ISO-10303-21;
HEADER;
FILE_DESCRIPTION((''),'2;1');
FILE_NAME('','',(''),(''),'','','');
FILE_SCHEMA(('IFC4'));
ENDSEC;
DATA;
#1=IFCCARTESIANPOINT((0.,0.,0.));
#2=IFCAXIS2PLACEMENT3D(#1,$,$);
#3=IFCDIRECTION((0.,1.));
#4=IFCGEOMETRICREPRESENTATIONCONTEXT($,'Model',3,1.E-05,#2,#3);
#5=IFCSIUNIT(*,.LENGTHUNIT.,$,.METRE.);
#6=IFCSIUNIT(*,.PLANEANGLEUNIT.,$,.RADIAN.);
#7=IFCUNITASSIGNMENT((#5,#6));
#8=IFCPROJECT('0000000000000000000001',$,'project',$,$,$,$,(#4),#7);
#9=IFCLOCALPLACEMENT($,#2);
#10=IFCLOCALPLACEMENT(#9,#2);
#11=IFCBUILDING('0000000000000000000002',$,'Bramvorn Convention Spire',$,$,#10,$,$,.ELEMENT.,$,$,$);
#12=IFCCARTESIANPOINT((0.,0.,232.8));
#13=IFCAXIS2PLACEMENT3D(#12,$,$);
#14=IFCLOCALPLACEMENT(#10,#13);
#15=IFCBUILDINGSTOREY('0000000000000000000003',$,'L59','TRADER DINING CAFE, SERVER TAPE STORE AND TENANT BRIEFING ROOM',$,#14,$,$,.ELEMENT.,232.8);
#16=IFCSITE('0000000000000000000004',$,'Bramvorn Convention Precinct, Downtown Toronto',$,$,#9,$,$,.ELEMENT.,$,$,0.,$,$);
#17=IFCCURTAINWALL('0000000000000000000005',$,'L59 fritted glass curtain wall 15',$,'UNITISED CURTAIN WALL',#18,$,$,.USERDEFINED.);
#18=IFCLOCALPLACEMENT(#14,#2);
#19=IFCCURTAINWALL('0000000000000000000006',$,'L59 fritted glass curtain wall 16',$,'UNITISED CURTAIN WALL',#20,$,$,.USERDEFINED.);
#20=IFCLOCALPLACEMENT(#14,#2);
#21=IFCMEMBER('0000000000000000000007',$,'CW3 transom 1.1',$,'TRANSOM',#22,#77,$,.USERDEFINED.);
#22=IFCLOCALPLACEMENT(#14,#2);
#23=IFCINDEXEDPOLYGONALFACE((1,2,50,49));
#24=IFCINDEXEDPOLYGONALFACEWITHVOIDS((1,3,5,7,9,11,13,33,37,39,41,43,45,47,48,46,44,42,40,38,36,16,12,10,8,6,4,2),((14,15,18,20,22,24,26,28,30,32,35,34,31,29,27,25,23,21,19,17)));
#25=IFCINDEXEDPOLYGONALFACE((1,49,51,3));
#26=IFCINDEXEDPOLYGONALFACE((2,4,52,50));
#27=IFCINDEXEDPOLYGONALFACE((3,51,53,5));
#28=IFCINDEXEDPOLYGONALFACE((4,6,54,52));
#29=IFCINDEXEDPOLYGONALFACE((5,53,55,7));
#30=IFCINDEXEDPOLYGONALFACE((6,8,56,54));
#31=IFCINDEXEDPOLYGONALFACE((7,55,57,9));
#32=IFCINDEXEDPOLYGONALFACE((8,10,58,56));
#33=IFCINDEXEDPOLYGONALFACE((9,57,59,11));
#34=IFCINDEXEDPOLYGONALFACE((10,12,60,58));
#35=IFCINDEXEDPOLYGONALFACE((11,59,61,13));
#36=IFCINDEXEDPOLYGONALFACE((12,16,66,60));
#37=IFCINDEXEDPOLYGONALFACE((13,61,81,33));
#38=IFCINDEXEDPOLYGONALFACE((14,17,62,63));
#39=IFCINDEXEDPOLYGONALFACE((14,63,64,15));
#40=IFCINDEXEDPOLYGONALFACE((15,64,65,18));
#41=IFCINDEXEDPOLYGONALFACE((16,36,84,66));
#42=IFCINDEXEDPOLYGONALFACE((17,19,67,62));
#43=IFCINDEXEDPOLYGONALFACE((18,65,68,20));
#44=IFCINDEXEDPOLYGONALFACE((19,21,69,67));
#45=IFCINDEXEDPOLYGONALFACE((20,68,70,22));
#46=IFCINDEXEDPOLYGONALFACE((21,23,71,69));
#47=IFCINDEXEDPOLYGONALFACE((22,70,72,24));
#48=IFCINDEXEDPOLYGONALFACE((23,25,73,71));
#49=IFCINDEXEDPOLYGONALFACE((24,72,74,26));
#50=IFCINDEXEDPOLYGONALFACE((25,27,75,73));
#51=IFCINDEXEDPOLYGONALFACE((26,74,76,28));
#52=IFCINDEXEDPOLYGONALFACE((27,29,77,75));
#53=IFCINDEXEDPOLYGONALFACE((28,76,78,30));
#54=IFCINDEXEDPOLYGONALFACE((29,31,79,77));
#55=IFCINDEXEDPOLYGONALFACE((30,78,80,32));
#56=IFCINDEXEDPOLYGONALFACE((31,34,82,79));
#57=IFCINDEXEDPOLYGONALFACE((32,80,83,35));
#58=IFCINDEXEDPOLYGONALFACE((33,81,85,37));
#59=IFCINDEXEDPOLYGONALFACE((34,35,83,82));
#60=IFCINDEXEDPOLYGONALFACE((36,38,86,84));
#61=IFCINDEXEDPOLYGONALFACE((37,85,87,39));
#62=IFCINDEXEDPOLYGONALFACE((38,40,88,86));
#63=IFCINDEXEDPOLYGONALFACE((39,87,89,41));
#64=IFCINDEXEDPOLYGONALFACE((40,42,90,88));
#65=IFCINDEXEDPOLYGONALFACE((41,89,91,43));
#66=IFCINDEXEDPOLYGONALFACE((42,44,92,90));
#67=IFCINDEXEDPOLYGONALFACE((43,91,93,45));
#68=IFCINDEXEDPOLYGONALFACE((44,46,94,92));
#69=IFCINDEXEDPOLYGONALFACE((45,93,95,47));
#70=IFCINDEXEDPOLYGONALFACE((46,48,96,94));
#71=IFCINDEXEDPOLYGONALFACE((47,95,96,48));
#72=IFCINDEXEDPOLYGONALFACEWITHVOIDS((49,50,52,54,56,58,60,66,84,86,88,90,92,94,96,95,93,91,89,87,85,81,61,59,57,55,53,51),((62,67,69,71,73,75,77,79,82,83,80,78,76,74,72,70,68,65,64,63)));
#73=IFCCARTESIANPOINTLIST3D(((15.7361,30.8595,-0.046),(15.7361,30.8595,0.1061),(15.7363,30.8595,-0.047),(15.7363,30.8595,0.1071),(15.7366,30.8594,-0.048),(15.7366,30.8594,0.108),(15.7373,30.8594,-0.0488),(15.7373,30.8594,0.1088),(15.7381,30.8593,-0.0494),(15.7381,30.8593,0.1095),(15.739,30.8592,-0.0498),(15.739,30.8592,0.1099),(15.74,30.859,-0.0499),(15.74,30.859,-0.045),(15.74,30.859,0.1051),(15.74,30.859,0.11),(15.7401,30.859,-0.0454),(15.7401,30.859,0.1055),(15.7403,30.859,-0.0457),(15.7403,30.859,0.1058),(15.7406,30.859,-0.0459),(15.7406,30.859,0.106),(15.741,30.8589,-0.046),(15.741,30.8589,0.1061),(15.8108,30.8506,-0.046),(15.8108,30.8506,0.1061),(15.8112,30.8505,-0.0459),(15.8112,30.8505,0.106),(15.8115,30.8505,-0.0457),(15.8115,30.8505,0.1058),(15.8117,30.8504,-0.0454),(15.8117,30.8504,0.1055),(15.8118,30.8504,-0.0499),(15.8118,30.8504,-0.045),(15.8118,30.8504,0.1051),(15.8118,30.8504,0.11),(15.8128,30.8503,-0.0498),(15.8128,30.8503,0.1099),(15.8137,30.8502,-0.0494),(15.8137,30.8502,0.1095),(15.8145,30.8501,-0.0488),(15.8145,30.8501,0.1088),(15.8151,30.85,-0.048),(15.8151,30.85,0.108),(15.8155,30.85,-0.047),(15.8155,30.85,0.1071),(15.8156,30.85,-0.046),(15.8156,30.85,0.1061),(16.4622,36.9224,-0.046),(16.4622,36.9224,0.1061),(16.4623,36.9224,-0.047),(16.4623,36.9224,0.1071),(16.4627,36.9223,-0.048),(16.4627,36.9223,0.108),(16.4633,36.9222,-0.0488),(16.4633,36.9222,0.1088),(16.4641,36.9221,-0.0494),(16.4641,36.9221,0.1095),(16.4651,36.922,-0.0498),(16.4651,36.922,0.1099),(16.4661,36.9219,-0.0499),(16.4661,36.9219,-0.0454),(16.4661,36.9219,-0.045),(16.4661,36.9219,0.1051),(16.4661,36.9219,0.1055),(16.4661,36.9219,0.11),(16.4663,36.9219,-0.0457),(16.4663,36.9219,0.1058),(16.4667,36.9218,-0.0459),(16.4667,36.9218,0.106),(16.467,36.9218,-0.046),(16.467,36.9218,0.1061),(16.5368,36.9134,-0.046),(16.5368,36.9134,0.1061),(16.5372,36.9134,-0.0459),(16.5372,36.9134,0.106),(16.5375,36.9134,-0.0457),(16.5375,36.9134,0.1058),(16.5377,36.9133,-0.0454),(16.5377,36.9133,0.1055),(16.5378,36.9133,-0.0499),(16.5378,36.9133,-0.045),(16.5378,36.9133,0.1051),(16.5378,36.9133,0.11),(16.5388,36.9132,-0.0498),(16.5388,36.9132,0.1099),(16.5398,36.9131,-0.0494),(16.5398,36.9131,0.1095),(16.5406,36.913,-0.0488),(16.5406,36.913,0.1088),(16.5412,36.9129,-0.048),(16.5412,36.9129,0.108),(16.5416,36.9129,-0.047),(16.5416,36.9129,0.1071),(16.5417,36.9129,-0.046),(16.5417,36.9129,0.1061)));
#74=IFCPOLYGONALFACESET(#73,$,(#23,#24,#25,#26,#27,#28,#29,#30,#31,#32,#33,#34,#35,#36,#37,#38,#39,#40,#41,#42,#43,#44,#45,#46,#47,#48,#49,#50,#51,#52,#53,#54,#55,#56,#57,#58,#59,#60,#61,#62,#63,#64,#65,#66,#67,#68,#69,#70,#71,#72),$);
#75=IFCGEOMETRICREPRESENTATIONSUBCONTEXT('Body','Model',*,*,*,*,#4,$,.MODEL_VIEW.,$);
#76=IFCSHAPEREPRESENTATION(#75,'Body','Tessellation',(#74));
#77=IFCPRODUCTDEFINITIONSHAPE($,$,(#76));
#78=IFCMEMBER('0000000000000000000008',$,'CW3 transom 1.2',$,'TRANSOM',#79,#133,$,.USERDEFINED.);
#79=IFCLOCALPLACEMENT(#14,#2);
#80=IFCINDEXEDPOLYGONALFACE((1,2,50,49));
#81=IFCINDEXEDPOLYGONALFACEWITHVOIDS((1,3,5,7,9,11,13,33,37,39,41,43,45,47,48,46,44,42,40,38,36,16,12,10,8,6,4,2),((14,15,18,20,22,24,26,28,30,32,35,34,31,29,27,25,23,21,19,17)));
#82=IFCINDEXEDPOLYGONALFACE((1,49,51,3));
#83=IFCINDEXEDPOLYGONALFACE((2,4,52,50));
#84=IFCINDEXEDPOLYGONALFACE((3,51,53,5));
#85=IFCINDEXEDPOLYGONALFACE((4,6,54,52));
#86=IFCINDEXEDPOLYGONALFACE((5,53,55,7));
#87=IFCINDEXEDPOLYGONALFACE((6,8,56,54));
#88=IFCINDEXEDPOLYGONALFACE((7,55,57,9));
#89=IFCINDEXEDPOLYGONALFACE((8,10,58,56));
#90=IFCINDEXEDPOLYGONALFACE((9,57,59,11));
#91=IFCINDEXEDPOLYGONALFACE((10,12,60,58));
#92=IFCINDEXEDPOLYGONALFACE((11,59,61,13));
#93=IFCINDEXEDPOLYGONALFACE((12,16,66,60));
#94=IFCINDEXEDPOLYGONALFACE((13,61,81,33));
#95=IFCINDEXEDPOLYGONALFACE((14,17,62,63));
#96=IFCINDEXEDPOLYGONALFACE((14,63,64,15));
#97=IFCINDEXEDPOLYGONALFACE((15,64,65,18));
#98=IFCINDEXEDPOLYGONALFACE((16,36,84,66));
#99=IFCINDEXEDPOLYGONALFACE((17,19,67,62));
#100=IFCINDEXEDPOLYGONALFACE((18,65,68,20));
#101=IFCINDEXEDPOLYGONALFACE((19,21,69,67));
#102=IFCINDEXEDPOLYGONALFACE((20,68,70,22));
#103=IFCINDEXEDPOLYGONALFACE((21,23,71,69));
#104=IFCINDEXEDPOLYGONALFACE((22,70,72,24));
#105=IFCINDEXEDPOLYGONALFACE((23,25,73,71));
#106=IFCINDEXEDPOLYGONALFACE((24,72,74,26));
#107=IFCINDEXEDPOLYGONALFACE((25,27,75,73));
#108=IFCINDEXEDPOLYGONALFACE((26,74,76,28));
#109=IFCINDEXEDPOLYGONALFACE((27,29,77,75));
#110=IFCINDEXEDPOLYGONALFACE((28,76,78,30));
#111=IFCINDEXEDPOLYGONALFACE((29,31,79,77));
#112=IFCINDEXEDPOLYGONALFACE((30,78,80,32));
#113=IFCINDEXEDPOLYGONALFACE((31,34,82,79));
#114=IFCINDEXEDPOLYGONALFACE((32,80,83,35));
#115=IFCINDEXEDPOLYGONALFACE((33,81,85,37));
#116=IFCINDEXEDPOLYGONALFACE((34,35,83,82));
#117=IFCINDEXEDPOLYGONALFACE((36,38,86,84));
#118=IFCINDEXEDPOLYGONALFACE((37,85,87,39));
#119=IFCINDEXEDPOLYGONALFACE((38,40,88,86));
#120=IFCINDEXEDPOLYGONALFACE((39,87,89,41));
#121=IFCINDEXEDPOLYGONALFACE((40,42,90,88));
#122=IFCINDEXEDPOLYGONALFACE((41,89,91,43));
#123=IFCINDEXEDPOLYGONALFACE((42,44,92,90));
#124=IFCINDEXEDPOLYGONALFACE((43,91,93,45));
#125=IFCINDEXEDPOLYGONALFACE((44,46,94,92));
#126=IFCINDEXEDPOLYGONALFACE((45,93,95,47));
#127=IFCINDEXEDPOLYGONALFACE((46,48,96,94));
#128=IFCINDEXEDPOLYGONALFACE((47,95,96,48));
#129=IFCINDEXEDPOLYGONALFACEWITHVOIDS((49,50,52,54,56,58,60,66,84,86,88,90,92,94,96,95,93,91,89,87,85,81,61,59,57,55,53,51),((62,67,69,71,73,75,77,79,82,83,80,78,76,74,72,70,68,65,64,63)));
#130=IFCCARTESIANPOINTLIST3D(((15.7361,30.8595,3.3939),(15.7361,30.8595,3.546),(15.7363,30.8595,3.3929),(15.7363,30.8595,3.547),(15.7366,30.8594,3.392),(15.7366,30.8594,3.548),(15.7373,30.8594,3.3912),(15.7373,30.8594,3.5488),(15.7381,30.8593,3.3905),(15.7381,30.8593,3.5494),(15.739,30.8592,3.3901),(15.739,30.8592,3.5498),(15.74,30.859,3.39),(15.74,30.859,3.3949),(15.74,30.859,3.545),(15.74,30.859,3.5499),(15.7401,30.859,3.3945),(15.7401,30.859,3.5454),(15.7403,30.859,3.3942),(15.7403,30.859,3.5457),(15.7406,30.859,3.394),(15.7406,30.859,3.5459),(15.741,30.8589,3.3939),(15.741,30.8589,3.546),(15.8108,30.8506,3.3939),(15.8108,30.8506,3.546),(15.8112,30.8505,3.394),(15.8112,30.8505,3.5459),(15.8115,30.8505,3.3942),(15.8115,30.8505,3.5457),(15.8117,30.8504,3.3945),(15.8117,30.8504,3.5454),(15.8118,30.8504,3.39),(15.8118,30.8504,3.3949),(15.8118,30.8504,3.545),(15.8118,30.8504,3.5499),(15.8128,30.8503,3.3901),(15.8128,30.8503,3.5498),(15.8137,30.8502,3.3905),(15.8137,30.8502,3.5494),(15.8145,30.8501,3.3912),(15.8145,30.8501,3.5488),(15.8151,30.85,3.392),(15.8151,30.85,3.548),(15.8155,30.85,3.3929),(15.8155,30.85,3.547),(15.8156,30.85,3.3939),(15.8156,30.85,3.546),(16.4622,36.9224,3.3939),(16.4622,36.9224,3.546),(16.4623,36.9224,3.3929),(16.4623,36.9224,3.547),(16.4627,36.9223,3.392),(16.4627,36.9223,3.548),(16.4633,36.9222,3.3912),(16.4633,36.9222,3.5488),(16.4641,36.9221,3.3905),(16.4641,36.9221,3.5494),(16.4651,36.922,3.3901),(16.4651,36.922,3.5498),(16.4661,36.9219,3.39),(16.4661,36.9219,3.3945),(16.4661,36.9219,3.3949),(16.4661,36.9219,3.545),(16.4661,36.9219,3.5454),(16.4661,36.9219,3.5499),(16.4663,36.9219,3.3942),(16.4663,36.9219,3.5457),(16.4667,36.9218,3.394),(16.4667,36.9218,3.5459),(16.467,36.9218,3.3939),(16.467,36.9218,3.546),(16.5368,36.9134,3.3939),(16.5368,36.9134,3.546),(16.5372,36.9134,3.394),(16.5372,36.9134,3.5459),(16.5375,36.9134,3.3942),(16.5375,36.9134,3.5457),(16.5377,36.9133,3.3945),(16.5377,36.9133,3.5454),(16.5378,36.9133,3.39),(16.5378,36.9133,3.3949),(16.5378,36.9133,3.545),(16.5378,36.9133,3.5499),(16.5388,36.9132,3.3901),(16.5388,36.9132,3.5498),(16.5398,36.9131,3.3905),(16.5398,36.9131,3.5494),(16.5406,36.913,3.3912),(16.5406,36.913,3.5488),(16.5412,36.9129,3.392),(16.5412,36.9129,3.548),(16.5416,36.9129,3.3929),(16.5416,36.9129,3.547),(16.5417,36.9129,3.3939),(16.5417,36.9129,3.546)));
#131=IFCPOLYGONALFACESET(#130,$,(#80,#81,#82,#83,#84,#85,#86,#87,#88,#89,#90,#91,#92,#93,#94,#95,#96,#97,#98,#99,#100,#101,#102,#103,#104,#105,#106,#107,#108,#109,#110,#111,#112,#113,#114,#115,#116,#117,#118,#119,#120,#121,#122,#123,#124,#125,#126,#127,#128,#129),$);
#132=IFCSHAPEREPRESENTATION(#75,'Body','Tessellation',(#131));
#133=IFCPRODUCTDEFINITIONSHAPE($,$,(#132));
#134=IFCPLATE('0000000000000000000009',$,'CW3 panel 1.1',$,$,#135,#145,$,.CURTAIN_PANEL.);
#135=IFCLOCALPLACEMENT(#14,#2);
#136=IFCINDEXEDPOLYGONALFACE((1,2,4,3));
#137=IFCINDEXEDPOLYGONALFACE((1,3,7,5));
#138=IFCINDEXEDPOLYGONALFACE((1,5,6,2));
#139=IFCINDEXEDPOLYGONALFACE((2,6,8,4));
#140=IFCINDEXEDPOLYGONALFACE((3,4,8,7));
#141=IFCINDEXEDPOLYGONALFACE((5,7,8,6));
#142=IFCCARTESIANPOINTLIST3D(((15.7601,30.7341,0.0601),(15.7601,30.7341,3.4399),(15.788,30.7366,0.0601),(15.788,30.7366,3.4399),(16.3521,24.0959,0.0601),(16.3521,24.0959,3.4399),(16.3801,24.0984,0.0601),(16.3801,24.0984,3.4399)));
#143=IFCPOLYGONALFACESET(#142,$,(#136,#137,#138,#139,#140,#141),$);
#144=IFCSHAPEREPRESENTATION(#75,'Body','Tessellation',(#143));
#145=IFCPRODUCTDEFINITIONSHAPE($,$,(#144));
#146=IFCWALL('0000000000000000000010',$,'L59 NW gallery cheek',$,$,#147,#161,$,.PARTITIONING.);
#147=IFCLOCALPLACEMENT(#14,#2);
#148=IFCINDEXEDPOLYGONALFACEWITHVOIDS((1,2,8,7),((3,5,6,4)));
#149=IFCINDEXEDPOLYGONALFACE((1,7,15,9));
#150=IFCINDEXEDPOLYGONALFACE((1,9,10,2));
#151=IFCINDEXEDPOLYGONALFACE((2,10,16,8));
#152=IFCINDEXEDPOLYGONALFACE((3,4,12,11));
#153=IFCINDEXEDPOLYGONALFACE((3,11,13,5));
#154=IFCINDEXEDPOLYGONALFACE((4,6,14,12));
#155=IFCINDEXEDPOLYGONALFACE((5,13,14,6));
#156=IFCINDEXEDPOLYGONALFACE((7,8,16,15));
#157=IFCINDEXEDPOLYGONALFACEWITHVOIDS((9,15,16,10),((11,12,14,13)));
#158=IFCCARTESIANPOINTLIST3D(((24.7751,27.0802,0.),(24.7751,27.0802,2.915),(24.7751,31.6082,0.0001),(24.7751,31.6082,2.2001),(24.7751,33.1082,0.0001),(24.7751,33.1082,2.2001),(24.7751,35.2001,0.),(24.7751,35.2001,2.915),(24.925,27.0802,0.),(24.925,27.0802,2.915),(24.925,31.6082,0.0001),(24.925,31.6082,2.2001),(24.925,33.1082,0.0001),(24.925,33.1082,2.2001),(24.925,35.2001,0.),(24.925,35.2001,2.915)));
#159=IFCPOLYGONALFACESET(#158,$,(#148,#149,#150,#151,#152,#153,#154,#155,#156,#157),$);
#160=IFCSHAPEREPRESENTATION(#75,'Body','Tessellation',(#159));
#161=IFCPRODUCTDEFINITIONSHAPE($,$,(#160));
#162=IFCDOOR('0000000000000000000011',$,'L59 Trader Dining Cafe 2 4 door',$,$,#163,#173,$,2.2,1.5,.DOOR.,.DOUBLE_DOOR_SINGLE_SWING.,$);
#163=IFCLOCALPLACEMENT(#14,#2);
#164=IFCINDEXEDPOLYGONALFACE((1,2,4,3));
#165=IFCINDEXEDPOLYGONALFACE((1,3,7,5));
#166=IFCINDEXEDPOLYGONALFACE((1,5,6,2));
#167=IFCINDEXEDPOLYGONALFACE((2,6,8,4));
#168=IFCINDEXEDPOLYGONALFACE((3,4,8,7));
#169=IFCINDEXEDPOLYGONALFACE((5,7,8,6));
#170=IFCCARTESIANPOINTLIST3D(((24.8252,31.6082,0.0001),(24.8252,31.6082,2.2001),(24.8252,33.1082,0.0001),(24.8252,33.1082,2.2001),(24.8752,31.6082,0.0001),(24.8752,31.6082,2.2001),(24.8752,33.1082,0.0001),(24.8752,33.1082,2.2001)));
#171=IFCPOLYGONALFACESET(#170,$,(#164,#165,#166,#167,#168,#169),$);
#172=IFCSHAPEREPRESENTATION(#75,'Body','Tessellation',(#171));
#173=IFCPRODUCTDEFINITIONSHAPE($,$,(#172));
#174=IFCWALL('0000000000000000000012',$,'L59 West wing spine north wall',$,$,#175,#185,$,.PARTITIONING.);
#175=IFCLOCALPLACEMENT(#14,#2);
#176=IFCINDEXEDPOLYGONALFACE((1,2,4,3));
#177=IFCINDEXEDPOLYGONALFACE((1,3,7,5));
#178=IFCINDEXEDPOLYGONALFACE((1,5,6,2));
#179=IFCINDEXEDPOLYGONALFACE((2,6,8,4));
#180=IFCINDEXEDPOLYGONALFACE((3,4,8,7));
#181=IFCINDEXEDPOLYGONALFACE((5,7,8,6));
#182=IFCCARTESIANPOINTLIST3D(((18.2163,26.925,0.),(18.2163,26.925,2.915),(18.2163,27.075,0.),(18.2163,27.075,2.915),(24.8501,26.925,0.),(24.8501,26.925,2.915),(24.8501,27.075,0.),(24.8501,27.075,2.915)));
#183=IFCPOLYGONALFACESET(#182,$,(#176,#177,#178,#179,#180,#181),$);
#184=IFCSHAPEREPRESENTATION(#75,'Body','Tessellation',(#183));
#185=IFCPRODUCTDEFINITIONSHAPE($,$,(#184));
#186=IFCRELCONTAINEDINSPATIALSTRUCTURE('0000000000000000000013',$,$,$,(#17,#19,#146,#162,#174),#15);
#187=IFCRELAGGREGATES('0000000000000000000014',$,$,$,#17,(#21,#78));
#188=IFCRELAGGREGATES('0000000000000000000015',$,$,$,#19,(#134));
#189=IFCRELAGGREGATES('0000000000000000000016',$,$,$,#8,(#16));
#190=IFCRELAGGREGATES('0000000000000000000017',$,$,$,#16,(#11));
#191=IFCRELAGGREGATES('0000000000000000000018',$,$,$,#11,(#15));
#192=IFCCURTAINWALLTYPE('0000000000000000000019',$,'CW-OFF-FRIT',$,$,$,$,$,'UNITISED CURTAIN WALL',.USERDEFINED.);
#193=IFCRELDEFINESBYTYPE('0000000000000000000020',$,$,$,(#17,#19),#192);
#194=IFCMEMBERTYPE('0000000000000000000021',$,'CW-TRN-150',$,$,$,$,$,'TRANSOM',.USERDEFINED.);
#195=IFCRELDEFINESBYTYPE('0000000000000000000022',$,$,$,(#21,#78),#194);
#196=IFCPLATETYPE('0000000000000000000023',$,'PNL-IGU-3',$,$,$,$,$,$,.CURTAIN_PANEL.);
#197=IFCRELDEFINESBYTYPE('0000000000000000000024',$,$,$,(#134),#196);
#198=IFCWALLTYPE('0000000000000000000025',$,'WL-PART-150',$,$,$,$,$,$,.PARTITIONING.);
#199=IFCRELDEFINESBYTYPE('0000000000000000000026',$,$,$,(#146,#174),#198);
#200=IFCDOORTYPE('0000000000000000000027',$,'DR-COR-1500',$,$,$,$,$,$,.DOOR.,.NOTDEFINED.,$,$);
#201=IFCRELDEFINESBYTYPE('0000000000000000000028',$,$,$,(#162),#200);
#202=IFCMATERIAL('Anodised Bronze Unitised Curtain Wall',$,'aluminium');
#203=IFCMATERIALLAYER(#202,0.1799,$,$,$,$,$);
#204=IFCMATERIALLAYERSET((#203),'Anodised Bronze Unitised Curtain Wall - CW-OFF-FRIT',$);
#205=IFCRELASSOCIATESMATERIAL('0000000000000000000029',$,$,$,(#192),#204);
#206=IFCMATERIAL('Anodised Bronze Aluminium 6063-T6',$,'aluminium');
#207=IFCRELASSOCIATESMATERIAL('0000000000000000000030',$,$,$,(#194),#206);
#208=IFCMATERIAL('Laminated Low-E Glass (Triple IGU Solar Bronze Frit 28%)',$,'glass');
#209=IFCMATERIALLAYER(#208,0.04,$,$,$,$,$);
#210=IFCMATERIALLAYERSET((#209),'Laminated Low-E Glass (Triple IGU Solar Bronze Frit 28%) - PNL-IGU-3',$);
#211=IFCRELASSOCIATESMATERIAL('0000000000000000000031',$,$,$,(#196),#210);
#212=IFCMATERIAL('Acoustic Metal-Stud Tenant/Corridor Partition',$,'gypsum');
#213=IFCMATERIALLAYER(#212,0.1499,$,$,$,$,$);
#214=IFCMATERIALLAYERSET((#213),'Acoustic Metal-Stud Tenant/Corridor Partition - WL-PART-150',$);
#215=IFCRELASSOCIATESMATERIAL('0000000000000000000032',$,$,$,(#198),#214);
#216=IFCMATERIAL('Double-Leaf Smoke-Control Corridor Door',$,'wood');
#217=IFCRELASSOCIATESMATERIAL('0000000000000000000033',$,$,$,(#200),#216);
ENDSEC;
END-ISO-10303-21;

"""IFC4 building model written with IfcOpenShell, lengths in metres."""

from ifc_helpers import new_model, si_unit, direction, frame, frame_2d, origin, origin_2d, place, context, subcontext, project, spatial, rectangle, hollow_rectangle, extrude, material, layer, layer_set, material_profile, profile_set, type_object, element, fill, aggregate, save


model = new_model("IFC4")

# Units and contexts
model_context = context("Model", 3, precision=1e-05, world=origin(), true_north=direction((0.0, 1.0)))
body_context = subcontext(model_context, "Body", "Model", "MODEL_VIEW")
ifc_project = project(units=[si_unit("LENGTHUNIT", "METRE"), si_unit("PLANEANGLEUNIT", "RADIAN")], contexts=[model_context])

# Site, building, storey
site_placement = place(None, origin())
site = spatial("IfcSite", under=ifc_project, at=site_placement, Name="Bramvorn Convention Precinct, Downtown Toronto", CompositionType="ELEMENT", RefElevation=0.0)
building_placement = place(site_placement, origin())
building = spatial("IfcBuilding", under=site, at=building_placement, Name="Bramvorn Convention Spire", CompositionType="ELEMENT")
storey_placement = place(building_placement, frame((0.0, 0.0, 232.8)))
storey = spatial("IfcBuildingStorey", under=building, at=storey_placement, Name="L59", Description="TRADER DINING CAFE, SERVER TAPE STORE AND TENANT BRIEFING ROOM", CompositionType="ELEMENT", Elevation=232.8)

# Curtain walls
ifc_material_1 = material(Name="Anodised Bronze Unitised Curtain Wall", Category="aluminium")
ifc_layer_1 = layer(ifc_material_1, 0.1799)
ifc_layer_set_1 = layer_set([ifc_layer_1], Name="Anodised Bronze Unitised Curtain Wall - CW-OFF-FRIT")
curtain_wall_type = type_object("IfcCurtainWallType", Name="CW-OFF-FRIT", ElementType="UNITISED CURTAIN WALL", PredefinedType="USERDEFINED", material=ifc_layer_set_1)
curtain_wall_1_placement = place(storey_placement, origin())
curtain_wall_1 = element("IfcCurtainWall", 1, at=curtain_wall_1_placement, inside=storey, type_object=curtain_wall_type, Name="L59 fritted glass curtain wall 15", ObjectType="UNITISED CURTAIN WALL", PredefinedType="USERDEFINED")
ifc_material_2 = material(Name="Anodised Bronze Aluminium 6063-T6", Category="aluminium")
curtain_wall_2_placement = place(storey_placement, origin())
curtain_wall_2 = element("IfcCurtainWall", 2, at=curtain_wall_2_placement, inside=storey, type_object=curtain_wall_type, Name="L59 fritted glass curtain wall 16", ObjectType="UNITISED CURTAIN WALL", PredefinedType="USERDEFINED")

# Members
ifc_material_profile_1 = material_profile(ifc_material_2, hollow_rectangle(XDim=0.0801, YDim=0.1599, WallThickness=0.0039, InnerFilletRadius=0.001, OuterFilletRadius=0.0039, at=origin_2d()))
ifc_profile_set_1 = profile_set([ifc_material_profile_1], Name="Anodised Bronze Aluminium 6063-T6 - CWT80X160")
member_type_1 = type_object("IfcMemberType", Name="CW-TRN-150", ElementType="TRANSOM", PredefinedType="USERDEFINED", material=ifc_profile_set_1)
member_1_placement = place(storey_placement, frame((15.7759, 30.8547, 0.03), z_axis=(0.118906, 0.992906, 0.0), x_axis=(-0.992906, 0.118906, 0.0)))
member_1 = element("IfcMember", 3, at=member_1_placement, type_object=member_type_1, Name="CW3 transom 1.1", ObjectType="TRANSOM", PredefinedType="USERDEFINED", context=body_context, shape_type="SweptSolid", body=[
    extrude(hollow_rectangle(XDim=0.0801, YDim=0.1599, WallThickness=0.0039, InnerFilletRadius=0.001, OuterFilletRadius=0.0039, at=origin_2d()), origin(), (0.0, 0.0, 1.0), 6.1062),
])
member_2_placement = place(storey_placement, frame((15.7759, 30.8547, 3.47), z_axis=(0.118906, 0.992906, 0.0), x_axis=(-0.992906, 0.118906, 0.0)))
member_2 = element("IfcMember", 4, at=member_2_placement, type_object=member_type_1, Name="CW3 transom 1.2", ObjectType="TRANSOM", PredefinedType="USERDEFINED", context=body_context, shape_type="SweptSolid", body=[
    extrude(hollow_rectangle(XDim=0.0801, YDim=0.1599, WallThickness=0.0039, InnerFilletRadius=0.001, OuterFilletRadius=0.0039, at=origin_2d()), origin(), (0.0, 0.0, 1.0), 6.1062),
])
aggregate(curtain_wall_1, [member_1, member_2])

# Plate
ifc_material_3 = material(Name="Laminated Low-E Glass (Triple IGU Solar Bronze Frit 28%)", Category="glass")
ifc_layer_2 = layer(ifc_material_3, 0.04)
ifc_layer_set_2 = layer_set([ifc_layer_2], Name="Laminated Low-E Glass (Triple IGU Solar Bronze Frit 28%) - PNL-IGU-3")
plate_type = type_object("IfcPlateType", Name="PNL-IGU-3", PredefinedType="CURTAIN_PANEL", material=ifc_layer_set_2)
plate_placement = place(storey_placement, frame((16.0701, 27.4163, 0.0601), z_axis=(0.0, 0.0, 1.0), x_axis=(-0.088835, 0.996046, 0.0)))
plate = element("IfcPlate", 5, at=plate_placement, type_object=plate_type, Name="CW3 panel 1.1", PredefinedType="CURTAIN_PANEL", context=body_context, shape_type="SweptSolid", body=[
    extrude(rectangle(XDim=6.6646, YDim=0.0281, at=origin_2d()), origin(), (0.0, 0.0, 1.0), 3.3799),
])
aggregate(curtain_wall_2, [plate])

# Wall, opening, door
ifc_material_4 = material(Name="Acoustic Metal-Stud Tenant/Corridor Partition", Category="gypsum")
ifc_layer_3 = layer(ifc_material_4, 0.1499)
ifc_layer_set_3 = layer_set([ifc_layer_3], Name="Acoustic Metal-Stud Tenant/Corridor Partition - WL-PART-150")
wall_type_1 = type_object("IfcWallType", Name="WL-PART-150", PredefinedType="PARTITIONING", material=ifc_layer_set_3)
wall_1_placement = place(storey_placement, frame((24.8501, 27.0801, 0.0), z_axis=(0.0, 0.0, 1.0), x_axis=(0.0, 1.0, 0.0)))
wall_1 = element("IfcWall", 6, at=wall_1_placement, inside=storey, type_object=wall_type_1, Name="L59 NW gallery cheek", PredefinedType="PARTITIONING", context=body_context, shape_type="SweptSolid", body=[
    extrude(rectangle(XDim=8.1199, YDim=0.1499, at=frame_2d((4.0601, 0.0))), origin(), (0.0, 0.0, 1.0), 2.915),
])
opening_1_placement = place(wall_1_placement, frame((4.5281, 0.0, 0.0)))
opening_1 = element("IfcOpeningElement", 7, at=opening_1_placement, cuts=wall_1, PredefinedType="OPENING", context=body_context, shape_type="SweptSolid", body=[
    extrude(rectangle(XDim=1.5, YDim=2.2, at=frame_2d((0.75, 1.1001))), frame((0.0, 0.085, 0.0), z_axis=(0.0, -1.0, 0.0), x_axis=(1.0, 0.0, 0.0)), (0.0, 0.0, 1.0), 0.1699),
])
ifc_material_5 = material(Name="Double-Leaf Smoke-Control Corridor Door", Category="wood")
door_type_1 = type_object("IfcDoorType", Name="DR-COR-1500", OperationType="NOTDEFINED", PredefinedType="DOOR", material=ifc_material_5)
door_1_placement = place(opening_1_placement, origin())
door_1 = element("IfcDoor", 8, at=door_1_placement, inside=storey, type_object=door_type_1, Name="L59 Trader Dining Cafe 2 4 door", OperationType="DOUBLE_DOOR_SINGLE_SWING", OverallHeight=2.2, OverallWidth=1.5, PredefinedType="DOOR", context=body_context, shape_type="SweptSolid", body=[
    extrude(rectangle(XDim=1.5, YDim=2.2, at=frame_2d((0.75, 1.1001))), frame((0.0, 0.0249, 0.0), z_axis=(0.0, -1.0, 0.0), x_axis=(1.0, 0.0, 0.0)), (0.0, 0.0, 1.0), 0.05),
])
fill(opening_1, door_1)

# Wall
wall_2_placement = place(storey_placement, frame((18.2163, 27.0, 0.0), z_axis=(0.0, 0.0, 1.0), x_axis=(1.0, 0.0, 0.0)))
element("IfcWall", 9, at=wall_2_placement, inside=storey, type_object=wall_type_1, Name="L59 West wing spine north wall", PredefinedType="PARTITIONING", context=body_context, shape_type="SweptSolid", body=[
    extrude(rectangle(XDim=6.6338, YDim=0.1499, at=frame_2d((3.3169, 0.0))), origin(), (0.0, 0.0, 1.0), 2.915),
])

save(model, "model.ifc")
